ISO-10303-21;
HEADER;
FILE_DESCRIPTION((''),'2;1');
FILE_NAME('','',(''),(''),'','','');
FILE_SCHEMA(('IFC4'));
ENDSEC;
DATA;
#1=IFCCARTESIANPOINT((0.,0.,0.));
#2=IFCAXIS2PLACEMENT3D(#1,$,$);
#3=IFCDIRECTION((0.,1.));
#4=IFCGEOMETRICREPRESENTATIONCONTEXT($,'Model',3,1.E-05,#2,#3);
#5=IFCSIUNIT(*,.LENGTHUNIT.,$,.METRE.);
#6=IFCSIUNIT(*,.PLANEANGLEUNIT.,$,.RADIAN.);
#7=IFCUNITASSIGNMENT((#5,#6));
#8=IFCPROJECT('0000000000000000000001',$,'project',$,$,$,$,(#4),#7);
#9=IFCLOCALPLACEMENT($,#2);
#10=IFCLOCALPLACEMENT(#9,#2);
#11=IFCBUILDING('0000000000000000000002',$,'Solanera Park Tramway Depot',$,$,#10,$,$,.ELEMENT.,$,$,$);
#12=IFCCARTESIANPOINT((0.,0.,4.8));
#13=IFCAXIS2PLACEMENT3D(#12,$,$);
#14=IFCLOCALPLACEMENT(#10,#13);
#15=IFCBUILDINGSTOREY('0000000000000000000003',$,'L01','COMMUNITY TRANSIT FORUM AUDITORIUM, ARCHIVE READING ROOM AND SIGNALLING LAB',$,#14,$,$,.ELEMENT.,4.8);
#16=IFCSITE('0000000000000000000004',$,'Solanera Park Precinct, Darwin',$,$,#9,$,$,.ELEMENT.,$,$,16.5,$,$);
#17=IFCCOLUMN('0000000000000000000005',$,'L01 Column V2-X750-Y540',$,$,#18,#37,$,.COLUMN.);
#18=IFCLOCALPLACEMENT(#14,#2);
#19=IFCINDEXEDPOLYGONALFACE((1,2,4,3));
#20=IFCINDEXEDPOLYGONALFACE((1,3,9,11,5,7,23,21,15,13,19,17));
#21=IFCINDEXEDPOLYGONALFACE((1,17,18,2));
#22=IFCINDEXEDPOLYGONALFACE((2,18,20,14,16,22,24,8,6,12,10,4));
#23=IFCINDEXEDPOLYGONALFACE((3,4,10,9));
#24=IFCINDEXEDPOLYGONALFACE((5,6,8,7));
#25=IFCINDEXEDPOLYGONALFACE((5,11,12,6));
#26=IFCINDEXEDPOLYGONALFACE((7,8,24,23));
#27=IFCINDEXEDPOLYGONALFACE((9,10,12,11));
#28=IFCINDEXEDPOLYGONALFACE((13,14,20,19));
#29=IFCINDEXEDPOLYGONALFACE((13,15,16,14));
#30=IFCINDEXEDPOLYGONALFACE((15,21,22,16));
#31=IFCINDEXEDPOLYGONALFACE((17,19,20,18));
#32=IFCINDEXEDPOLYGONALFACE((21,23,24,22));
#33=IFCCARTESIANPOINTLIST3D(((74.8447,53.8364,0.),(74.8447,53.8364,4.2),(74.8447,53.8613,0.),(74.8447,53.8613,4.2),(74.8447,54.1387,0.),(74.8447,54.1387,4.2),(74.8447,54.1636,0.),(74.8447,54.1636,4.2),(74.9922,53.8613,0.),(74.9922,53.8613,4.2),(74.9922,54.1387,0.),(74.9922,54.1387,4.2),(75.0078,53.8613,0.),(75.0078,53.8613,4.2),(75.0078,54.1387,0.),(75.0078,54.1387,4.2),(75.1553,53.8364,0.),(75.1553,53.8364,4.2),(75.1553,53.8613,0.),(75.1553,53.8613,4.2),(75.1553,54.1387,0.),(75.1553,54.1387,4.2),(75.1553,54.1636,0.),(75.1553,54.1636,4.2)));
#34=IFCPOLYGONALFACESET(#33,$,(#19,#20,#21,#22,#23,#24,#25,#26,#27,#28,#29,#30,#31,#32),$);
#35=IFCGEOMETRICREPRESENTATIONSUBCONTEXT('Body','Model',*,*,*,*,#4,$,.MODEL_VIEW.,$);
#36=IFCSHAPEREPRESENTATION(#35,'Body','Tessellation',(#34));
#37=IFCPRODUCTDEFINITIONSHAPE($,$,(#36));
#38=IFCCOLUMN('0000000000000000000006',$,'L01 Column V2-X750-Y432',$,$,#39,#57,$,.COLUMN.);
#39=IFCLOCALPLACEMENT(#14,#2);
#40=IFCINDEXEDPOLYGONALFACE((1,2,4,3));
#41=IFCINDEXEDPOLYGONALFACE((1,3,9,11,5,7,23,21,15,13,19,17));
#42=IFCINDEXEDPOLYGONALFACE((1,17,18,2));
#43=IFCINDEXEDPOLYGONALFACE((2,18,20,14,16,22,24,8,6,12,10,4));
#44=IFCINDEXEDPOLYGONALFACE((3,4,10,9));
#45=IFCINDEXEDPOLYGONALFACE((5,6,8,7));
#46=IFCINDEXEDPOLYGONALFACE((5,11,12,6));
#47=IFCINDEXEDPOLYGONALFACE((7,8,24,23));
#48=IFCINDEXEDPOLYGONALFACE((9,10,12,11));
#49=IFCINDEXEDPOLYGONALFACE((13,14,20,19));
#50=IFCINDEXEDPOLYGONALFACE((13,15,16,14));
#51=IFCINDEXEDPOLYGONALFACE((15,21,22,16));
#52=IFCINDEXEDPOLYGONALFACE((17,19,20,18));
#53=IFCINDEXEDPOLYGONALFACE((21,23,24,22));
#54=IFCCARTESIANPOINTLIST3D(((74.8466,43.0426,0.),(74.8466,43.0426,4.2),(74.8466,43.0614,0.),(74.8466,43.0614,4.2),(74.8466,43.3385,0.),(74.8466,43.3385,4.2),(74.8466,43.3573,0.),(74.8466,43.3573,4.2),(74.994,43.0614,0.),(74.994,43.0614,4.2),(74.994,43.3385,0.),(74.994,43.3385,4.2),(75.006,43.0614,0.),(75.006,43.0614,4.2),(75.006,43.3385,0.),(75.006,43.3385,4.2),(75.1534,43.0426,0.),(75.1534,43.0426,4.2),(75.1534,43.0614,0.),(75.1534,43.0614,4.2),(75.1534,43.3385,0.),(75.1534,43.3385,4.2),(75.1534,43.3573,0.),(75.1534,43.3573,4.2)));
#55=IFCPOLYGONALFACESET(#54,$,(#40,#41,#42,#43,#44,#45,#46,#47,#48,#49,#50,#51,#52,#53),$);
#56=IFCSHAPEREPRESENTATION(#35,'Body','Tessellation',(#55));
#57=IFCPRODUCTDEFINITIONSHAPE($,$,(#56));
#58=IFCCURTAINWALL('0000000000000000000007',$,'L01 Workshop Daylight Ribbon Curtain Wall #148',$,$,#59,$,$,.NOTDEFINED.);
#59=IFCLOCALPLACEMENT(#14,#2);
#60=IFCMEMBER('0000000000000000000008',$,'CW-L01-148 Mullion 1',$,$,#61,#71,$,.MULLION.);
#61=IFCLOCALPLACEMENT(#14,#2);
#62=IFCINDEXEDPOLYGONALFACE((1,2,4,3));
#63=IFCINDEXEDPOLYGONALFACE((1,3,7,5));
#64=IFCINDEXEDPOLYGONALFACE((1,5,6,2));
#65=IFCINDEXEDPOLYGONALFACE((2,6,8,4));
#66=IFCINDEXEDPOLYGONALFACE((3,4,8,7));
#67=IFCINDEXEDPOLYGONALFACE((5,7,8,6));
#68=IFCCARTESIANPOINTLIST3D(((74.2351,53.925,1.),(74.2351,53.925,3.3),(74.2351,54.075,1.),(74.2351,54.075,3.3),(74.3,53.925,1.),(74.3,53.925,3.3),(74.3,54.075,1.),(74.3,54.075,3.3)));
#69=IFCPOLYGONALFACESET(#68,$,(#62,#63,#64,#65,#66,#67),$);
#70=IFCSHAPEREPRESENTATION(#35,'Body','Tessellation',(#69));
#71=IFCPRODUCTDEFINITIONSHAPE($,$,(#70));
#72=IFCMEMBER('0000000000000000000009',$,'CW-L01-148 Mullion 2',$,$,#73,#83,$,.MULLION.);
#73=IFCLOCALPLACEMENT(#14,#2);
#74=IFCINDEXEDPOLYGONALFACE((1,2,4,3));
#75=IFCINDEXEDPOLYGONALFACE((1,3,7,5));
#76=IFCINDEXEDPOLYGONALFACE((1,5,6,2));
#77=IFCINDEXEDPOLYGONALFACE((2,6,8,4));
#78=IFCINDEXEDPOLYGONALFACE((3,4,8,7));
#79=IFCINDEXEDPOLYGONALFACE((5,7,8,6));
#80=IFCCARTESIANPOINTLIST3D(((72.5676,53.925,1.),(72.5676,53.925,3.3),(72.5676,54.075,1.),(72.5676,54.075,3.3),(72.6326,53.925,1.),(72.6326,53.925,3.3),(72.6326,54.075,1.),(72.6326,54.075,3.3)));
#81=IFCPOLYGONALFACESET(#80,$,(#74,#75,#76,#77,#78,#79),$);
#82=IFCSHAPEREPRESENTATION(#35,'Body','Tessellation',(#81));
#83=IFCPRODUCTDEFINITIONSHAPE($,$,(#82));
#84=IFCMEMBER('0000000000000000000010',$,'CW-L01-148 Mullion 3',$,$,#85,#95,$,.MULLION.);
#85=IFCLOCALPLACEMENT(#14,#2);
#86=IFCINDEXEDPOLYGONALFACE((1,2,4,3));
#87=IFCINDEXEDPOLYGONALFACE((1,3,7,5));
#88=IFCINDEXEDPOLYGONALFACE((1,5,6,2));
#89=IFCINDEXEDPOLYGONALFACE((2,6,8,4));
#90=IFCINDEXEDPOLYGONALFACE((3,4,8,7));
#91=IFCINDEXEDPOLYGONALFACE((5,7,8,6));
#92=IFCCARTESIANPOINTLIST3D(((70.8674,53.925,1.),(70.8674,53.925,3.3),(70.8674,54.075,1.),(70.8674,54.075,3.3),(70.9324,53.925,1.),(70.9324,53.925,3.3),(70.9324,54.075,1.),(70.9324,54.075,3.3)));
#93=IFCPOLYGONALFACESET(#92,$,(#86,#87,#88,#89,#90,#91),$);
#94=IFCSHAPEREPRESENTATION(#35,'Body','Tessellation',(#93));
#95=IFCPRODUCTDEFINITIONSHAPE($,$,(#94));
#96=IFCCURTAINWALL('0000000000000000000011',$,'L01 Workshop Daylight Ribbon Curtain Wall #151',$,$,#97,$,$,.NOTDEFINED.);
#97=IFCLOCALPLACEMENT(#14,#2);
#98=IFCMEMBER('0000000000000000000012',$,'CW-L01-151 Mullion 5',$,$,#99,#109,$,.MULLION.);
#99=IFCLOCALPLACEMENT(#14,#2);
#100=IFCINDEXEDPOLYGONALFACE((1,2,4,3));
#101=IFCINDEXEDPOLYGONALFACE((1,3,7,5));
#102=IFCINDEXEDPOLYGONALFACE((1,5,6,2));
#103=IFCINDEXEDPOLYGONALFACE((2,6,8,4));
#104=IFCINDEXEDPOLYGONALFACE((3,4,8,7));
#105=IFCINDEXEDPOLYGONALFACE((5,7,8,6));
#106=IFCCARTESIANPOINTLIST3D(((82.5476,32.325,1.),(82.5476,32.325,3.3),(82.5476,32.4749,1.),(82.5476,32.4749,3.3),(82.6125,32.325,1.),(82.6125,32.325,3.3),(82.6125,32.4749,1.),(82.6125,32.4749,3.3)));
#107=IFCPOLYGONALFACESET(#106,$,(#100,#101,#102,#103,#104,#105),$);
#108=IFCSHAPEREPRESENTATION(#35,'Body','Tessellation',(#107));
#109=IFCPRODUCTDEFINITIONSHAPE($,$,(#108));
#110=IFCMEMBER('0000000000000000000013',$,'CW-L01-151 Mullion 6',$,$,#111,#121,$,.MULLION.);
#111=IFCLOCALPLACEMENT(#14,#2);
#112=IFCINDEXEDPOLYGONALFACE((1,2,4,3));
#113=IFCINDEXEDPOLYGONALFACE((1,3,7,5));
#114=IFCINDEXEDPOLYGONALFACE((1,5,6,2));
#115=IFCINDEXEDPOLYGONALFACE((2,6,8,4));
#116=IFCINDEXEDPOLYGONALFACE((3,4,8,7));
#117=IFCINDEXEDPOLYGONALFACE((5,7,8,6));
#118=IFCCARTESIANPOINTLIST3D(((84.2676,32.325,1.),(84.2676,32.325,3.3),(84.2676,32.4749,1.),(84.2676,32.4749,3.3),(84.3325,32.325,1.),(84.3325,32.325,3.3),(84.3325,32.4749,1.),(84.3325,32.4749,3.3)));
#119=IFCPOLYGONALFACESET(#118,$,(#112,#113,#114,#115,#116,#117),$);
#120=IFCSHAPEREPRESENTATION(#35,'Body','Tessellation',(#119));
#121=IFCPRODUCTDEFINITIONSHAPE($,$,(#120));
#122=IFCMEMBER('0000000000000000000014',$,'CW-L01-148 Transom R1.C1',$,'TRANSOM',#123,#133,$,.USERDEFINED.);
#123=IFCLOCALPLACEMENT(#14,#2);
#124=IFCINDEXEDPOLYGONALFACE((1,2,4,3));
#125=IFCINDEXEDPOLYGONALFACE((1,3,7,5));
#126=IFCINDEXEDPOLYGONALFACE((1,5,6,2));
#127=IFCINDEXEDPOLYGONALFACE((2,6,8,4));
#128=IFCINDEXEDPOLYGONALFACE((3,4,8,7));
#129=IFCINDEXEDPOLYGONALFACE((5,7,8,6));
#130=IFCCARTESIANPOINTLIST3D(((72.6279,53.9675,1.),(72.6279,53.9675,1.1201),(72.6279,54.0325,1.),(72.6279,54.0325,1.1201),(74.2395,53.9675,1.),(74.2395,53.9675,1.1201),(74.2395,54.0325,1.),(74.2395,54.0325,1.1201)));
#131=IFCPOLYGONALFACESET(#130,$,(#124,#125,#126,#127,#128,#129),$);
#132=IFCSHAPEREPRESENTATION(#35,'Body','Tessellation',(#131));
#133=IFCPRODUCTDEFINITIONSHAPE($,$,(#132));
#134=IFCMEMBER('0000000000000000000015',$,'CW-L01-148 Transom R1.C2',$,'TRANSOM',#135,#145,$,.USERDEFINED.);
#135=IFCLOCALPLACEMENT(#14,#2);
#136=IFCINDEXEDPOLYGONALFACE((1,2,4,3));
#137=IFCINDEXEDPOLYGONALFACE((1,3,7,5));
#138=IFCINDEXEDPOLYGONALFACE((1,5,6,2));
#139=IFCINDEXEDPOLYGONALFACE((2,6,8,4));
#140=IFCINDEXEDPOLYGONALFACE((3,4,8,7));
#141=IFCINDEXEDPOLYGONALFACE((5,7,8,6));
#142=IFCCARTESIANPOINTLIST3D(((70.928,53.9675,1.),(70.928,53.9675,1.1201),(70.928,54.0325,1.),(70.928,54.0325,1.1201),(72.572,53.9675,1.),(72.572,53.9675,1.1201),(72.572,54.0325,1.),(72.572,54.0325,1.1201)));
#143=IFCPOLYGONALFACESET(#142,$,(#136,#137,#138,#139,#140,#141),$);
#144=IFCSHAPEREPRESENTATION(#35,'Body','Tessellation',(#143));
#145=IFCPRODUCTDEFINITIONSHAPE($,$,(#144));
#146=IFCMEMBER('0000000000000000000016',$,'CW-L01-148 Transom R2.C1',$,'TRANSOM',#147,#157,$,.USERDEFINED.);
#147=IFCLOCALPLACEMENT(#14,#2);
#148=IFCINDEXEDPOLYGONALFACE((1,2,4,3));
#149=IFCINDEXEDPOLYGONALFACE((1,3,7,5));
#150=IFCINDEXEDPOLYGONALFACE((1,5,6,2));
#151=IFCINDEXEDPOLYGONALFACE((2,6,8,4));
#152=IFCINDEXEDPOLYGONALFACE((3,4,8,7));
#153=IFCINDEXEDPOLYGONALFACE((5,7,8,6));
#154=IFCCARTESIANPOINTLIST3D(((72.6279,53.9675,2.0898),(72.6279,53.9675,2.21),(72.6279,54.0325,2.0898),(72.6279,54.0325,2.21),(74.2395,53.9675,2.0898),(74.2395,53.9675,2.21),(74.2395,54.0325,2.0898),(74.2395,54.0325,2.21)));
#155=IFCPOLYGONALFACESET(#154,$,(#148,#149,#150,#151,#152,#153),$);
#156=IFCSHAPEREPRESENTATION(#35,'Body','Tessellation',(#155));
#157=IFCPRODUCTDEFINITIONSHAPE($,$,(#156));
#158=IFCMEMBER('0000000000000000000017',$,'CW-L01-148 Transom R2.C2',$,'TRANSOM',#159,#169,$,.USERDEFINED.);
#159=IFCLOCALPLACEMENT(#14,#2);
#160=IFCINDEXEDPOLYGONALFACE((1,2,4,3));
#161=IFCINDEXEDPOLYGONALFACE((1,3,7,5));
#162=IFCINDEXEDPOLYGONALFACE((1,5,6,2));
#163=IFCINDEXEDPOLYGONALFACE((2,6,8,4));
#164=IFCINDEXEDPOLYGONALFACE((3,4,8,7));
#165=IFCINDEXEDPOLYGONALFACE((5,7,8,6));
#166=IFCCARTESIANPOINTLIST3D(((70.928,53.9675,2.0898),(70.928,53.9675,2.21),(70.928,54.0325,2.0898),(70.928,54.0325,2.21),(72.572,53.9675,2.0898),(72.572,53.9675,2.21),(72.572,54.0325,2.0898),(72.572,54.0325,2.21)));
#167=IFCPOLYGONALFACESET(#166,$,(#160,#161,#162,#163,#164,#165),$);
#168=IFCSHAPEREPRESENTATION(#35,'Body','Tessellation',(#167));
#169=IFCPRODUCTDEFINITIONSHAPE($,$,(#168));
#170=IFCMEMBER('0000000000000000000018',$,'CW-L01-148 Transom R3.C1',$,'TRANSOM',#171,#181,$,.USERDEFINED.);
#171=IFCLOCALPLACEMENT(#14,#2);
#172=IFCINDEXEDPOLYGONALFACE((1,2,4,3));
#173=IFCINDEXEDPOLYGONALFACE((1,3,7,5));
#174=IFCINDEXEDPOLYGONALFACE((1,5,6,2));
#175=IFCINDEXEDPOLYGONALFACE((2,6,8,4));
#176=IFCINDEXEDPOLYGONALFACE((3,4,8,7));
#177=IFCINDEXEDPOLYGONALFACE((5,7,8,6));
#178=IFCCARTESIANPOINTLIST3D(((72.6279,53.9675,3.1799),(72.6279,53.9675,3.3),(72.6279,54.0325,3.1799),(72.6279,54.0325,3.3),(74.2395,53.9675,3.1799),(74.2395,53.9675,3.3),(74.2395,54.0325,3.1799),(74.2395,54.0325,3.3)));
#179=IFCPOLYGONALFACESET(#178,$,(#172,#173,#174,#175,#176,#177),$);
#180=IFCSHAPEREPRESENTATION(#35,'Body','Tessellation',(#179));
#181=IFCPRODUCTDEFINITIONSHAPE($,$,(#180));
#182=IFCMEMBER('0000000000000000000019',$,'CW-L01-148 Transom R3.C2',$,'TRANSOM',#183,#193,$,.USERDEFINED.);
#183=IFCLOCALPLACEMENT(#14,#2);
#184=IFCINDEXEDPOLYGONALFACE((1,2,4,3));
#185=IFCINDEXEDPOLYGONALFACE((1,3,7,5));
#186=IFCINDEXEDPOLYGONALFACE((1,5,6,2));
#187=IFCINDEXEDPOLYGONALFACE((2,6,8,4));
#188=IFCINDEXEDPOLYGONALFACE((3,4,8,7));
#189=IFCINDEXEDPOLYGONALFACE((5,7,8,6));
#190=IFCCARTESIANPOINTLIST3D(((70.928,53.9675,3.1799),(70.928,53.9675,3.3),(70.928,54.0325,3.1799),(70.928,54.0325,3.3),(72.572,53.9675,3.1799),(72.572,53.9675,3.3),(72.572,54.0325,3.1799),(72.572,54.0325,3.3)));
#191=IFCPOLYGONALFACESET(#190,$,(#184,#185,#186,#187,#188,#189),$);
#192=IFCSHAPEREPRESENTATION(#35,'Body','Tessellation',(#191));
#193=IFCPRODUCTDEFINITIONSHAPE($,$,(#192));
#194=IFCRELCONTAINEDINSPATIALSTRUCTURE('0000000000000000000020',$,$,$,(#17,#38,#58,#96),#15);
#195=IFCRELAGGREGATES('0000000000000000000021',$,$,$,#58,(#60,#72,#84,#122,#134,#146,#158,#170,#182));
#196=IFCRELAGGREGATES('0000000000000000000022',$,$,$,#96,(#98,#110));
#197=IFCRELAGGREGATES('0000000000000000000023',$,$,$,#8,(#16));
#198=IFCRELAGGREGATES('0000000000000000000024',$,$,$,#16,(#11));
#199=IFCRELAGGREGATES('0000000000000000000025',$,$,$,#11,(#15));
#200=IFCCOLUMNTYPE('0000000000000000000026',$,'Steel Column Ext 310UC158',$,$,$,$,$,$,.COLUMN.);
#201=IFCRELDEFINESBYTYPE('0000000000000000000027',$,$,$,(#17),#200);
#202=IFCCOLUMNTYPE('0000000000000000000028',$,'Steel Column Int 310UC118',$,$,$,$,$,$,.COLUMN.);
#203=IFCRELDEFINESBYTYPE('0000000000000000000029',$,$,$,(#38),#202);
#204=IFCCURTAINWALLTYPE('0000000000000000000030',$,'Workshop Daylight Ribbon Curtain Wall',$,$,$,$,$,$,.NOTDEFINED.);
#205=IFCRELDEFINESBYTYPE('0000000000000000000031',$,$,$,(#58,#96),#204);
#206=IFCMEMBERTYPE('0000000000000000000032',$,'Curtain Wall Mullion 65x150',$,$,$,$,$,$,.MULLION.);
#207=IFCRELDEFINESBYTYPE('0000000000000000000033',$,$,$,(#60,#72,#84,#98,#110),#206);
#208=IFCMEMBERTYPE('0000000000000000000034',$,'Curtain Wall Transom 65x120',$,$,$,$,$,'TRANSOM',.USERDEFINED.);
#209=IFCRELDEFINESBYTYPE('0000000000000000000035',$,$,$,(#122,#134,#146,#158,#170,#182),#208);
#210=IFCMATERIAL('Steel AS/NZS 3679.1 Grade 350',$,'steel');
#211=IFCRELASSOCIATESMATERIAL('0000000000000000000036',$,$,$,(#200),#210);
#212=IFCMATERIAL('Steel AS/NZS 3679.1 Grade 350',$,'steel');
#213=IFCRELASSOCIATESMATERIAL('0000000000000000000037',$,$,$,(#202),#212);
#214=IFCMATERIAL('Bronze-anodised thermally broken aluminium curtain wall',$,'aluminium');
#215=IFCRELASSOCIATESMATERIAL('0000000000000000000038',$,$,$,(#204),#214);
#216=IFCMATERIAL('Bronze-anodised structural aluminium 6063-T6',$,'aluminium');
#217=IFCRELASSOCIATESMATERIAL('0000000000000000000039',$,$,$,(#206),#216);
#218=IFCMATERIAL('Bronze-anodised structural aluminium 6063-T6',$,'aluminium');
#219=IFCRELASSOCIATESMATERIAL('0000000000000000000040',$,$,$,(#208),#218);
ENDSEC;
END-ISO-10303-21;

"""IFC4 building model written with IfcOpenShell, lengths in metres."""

from ifc_helpers import new_model, si_unit, direction, frame, origin, origin_2d, place, context, subcontext, project, spatial, rectangle, i_section, extrude, material, material_profile, profile_set, type_object, element, aggregate, save


model = new_model("IFC4")

# Units and contexts
model_context = context("Model", 3, precision=1e-05, world=origin(), true_north=direction((0.0, 1.0)))
body_context = subcontext(model_context, "Body", "Model", "MODEL_VIEW")
ifc_project = project(units=[si_unit("LENGTHUNIT", "METRE"), si_unit("PLANEANGLEUNIT", "RADIAN")], contexts=[model_context])

# Site, building, storey
site_placement = place(None, origin())
site = spatial("IfcSite", under=ifc_project, at=site_placement, Name="Solanera Park Precinct, Darwin", CompositionType="ELEMENT", RefElevation=16.5)
building_placement = place(site_placement, origin())
building = spatial("IfcBuilding", under=site, at=building_placement, Name="Solanera Park Tramway Depot", CompositionType="ELEMENT")
storey_placement = place(building_placement, frame((0.0, 0.0, 4.8)))
storey = spatial("IfcBuildingStorey", under=building, at=storey_placement, Name="L01", Description="COMMUNITY TRANSIT FORUM AUDITORIUM, ARCHIVE READING ROOM AND SIGNALLING LAB", CompositionType="ELEMENT", Elevation=4.8)

# Columns
ifc_material_1 = material(Name="Steel AS/NZS 3679.1 Grade 350", Category="steel")
ifc_material_profile_1 = material_profile(ifc_material_1, i_section(OverallWidth=0.3105, OverallDepth=0.3271, WebThickness=0.0156, FlangeThickness=0.0249, at=origin_2d()), Name="310UC158")
ifc_profile_set_1 = profile_set([ifc_material_profile_1], Name="Steel AS/NZS 3679.1 Grade 350")
column_type_1 = type_object("IfcColumnType", Name="Steel Column Ext 310UC158", PredefinedType="COLUMN", material=ifc_profile_set_1)
column_1_placement = place(storey_placement, frame((75.0, 54.0, 0.0), z_axis=(0.0, 0.0, 1.0), x_axis=(1.0, 0.0, 0.0)))
element("IfcColumn", 1, at=column_1_placement, inside=storey, type_object=column_type_1, Name="L01 Column V2-X750-Y540", PredefinedType="COLUMN", context=body_context, shape_type="SweptSolid", body=[
    extrude(i_section(OverallWidth=0.3105, OverallDepth=0.3271, WebThickness=0.0156, FlangeThickness=0.0249, at=origin_2d()), origin(), (0.0, 0.0, 1.0), 4.2),
])
ifc_material_2 = material(Name="Steel AS/NZS 3679.1 Grade 350", Category="steel")
ifc_material_profile_2 = material_profile(ifc_material_2, i_section(OverallWidth=0.3069, OverallDepth=0.3147, WebThickness=0.012, FlangeThickness=0.0188, at=origin_2d()), Name="310UC118")
ifc_profile_set_2 = profile_set([ifc_material_profile_2], Name="Steel AS/NZS 3679.1 Grade 350")
column_type_2 = type_object("IfcColumnType", Name="Steel Column Int 310UC118", PredefinedType="COLUMN", material=ifc_profile_set_2)
column_2_placement = place(storey_placement, frame((75.0, 43.2, 0.0), z_axis=(0.0, 0.0, 1.0), x_axis=(1.0, 0.0, 0.0)))
element("IfcColumn", 2, at=column_2_placement, inside=storey, type_object=column_type_2, Name="L01 Column V2-X750-Y432", PredefinedType="COLUMN", context=body_context, shape_type="SweptSolid", body=[
    extrude(i_section(OverallWidth=0.3069, OverallDepth=0.3147, WebThickness=0.012, FlangeThickness=0.0188, at=origin_2d()), origin(), (0.0, 0.0, 1.0), 4.2),
])

# Curtain walls, members
ifc_material_3 = material(Name="Bronze-anodised thermally broken aluminium curtain wall", Category="aluminium")
curtain_wall_type = type_object("IfcCurtainWallType", Name="Workshop Daylight Ribbon Curtain Wall", PredefinedType="NOTDEFINED", material=ifc_material_3)
curtain_wall_1_placement = place(storey_placement, origin())
curtain_wall_1 = element("IfcCurtainWall", 3, at=curtain_wall_1_placement, inside=storey, type_object=curtain_wall_type, Name="L01 Workshop Daylight Ribbon Curtain Wall #148", PredefinedType="NOTDEFINED")
ifc_material_4 = material(Name="Bronze-anodised structural aluminium 6063-T6", Category="aluminium")
ifc_material_profile_3 = material_profile(ifc_material_4, rectangle(XDim=0.0649, YDim=0.1499, at=origin_2d()), Name="Curtain Wall Mullion 65x150")
ifc_profile_set_3 = profile_set([ifc_material_profile_3], Name="Bronze-anodised structural aluminium 6063-T6")
member_type_1 = type_object("IfcMemberType", Name="Curtain Wall Mullion 65x150", PredefinedType="MULLION", material=ifc_profile_set_3)
member_1_placement = place(storey_placement, frame((74.2676, 54.0, 1.0), z_axis=(0.0, 0.0, 1.0), x_axis=(1.0, 0.0, 0.0)))
member_1 = element("IfcMember", 4, at=member_1_placement, type_object=member_type_1, Name="CW-L01-148 Mullion 1", PredefinedType="MULLION", context=body_context, shape_type="SweptSolid", body=[
    extrude(rectangle(XDim=0.0649, YDim=0.1499, at=origin_2d()), origin(), (0.0, 0.0, 1.0), 2.3),
])
member_2_placement = place(storey_placement, frame((72.6001, 54.0, 1.0), z_axis=(0.0, 0.0, 1.0), x_axis=(1.0, 0.0, 0.0)))
member_2 = element("IfcMember", 5, at=member_2_placement, type_object=member_type_1, Name="CW-L01-148 Mullion 2", PredefinedType="MULLION", context=body_context, shape_type="SweptSolid", body=[
    extrude(rectangle(XDim=0.0649, YDim=0.1499, at=origin_2d()), origin(), (0.0, 0.0, 1.0), 2.3),
])
member_3_placement = place(storey_placement, frame((70.8999, 54.0, 1.0), z_axis=(0.0, 0.0, 1.0), x_axis=(1.0, 0.0, 0.0)))
member_3 = element("IfcMember", 6, at=member_3_placement, type_object=member_type_1, Name="CW-L01-148 Mullion 3", PredefinedType="MULLION", context=body_context, shape_type="SweptSolid", body=[
    extrude(rectangle(XDim=0.0649, YDim=0.1499, at=origin_2d()), origin(), (0.0, 0.0, 1.0), 2.3),
])
curtain_wall_2_placement = place(storey_placement, origin())
curtain_wall_2 = element("IfcCurtainWall", 7, at=curtain_wall_2_placement, inside=storey, type_object=curtain_wall_type, Name="L01 Workshop Daylight Ribbon Curtain Wall #151", PredefinedType="NOTDEFINED")
member_4_placement = place(storey_placement, frame((82.5801, 32.3999, 1.0), z_axis=(0.0, 0.0, 1.0), x_axis=(1.0, 0.0, 0.0)))
member_4 = element("IfcMember", 8, at=member_4_placement, type_object=member_type_1, Name="CW-L01-151 Mullion 5", PredefinedType="MULLION", context=body_context, shape_type="SweptSolid", body=[
    extrude(rectangle(XDim=0.0649, YDim=0.1499, at=origin_2d()), origin(), (0.0, 0.0, 1.0), 2.3),
])
member_5_placement = place(storey_placement, frame((84.3, 32.3999, 1.0), z_axis=(0.0, 0.0, 1.0), x_axis=(1.0, 0.0, 0.0)))
member_5 = element("IfcMember", 9, at=member_5_placement, type_object=member_type_1, Name="CW-L01-151 Mullion 6", PredefinedType="MULLION", context=body_context, shape_type="SweptSolid", body=[
    extrude(rectangle(XDim=0.0649, YDim=0.1499, at=origin_2d()), origin(), (0.0, 0.0, 1.0), 2.3),
])

# Members
ifc_material_5 = material(Name="Bronze-anodised structural aluminium 6063-T6", Category="aluminium")
ifc_material_profile_4 = material_profile(ifc_material_5, rectangle(XDim=0.0649, YDim=0.1201, at=origin_2d()), Name="Curtain Wall Transom 65x120")
ifc_profile_set_4 = profile_set([ifc_material_profile_4], Name="Bronze-anodised structural aluminium 6063-T6")
member_type_2 = type_object("IfcMemberType", Name="Curtain Wall Transom 65x120", ElementType="TRANSOM", PredefinedType="USERDEFINED", material=ifc_profile_set_4)
member_6_placement = place(storey_placement, frame((74.2395, 54.0, 1.0601), z_axis=(-1.0, 0.0, 0.0), x_axis=(0.0, -1.0, 0.0)))
member_6 = element("IfcMember", 10, at=member_6_placement, type_object=member_type_2, Name="CW-L01-148 Transom R1.C1", ObjectType="TRANSOM", PredefinedType="USERDEFINED", context=body_context, shape_type="SweptSolid", body=[
    extrude(rectangle(XDim=0.0649, YDim=0.1201, at=origin_2d()), origin(), (0.0, 0.0, 1.0), 1.6116),
])
member_7_placement = place(storey_placement, frame((72.572, 54.0, 1.0601), z_axis=(-1.0, 0.0, 0.0), x_axis=(0.0, -1.0, 0.0)))
member_7 = element("IfcMember", 11, at=member_7_placement, type_object=member_type_2, Name="CW-L01-148 Transom R1.C2", ObjectType="TRANSOM", PredefinedType="USERDEFINED", context=body_context, shape_type="SweptSolid", body=[
    extrude(rectangle(XDim=0.0649, YDim=0.1201, at=origin_2d()), origin(), (0.0, 0.0, 1.0), 1.644),
])
member_8_placement = place(storey_placement, frame((74.2395, 54.0, 2.1499), z_axis=(-1.0, 0.0, 0.0), x_axis=(0.0, -1.0, 0.0)))
member_8 = element("IfcMember", 12, at=member_8_placement, type_object=member_type_2, Name="CW-L01-148 Transom R2.C1", ObjectType="TRANSOM", PredefinedType="USERDEFINED", context=body_context, shape_type="SweptSolid", body=[
    extrude(rectangle(XDim=0.0649, YDim=0.1201, at=origin_2d()), origin(), (0.0, 0.0, 1.0), 1.6116),
])
member_9_placement = place(storey_placement, frame((72.572, 54.0, 2.1499), z_axis=(-1.0, 0.0, 0.0), x_axis=(0.0, -1.0, 0.0)))
member_9 = element("IfcMember", 13, at=member_9_placement, type_object=member_type_2, Name="CW-L01-148 Transom R2.C2", ObjectType="TRANSOM", PredefinedType="USERDEFINED", context=body_context, shape_type="SweptSolid", body=[
    extrude(rectangle(XDim=0.0649, YDim=0.1201, at=origin_2d()), origin(), (0.0, 0.0, 1.0), 1.644),
])
member_10_placement = place(storey_placement, frame((74.2395, 54.0, 3.24), z_axis=(-1.0, 0.0, 0.0), x_axis=(0.0, -1.0, 0.0)))
member_10 = element("IfcMember", 14, at=member_10_placement, type_object=member_type_2, Name="CW-L01-148 Transom R3.C1", ObjectType="TRANSOM", PredefinedType="USERDEFINED", context=body_context, shape_type="SweptSolid", body=[
    extrude(rectangle(XDim=0.0649, YDim=0.1201, at=origin_2d()), origin(), (0.0, 0.0, 1.0), 1.6116),
])
member_11_placement = place(storey_placement, frame((72.572, 54.0, 3.24), z_axis=(-1.0, 0.0, 0.0), x_axis=(0.0, -1.0, 0.0)))
member_11 = element("IfcMember", 15, at=member_11_placement, type_object=member_type_2, Name="CW-L01-148 Transom R3.C2", ObjectType="TRANSOM", PredefinedType="USERDEFINED", context=body_context, shape_type="SweptSolid", body=[
    extrude(rectangle(XDim=0.0649, YDim=0.1201, at=origin_2d()), origin(), (0.0, 0.0, 1.0), 1.644),
])

aggregate(curtain_wall_1, [member_1, member_2, member_3, member_6, member_7, member_8, member_9, member_10, member_11])
aggregate(curtain_wall_2, [member_4, member_5])

save(model, "model.ifc")
